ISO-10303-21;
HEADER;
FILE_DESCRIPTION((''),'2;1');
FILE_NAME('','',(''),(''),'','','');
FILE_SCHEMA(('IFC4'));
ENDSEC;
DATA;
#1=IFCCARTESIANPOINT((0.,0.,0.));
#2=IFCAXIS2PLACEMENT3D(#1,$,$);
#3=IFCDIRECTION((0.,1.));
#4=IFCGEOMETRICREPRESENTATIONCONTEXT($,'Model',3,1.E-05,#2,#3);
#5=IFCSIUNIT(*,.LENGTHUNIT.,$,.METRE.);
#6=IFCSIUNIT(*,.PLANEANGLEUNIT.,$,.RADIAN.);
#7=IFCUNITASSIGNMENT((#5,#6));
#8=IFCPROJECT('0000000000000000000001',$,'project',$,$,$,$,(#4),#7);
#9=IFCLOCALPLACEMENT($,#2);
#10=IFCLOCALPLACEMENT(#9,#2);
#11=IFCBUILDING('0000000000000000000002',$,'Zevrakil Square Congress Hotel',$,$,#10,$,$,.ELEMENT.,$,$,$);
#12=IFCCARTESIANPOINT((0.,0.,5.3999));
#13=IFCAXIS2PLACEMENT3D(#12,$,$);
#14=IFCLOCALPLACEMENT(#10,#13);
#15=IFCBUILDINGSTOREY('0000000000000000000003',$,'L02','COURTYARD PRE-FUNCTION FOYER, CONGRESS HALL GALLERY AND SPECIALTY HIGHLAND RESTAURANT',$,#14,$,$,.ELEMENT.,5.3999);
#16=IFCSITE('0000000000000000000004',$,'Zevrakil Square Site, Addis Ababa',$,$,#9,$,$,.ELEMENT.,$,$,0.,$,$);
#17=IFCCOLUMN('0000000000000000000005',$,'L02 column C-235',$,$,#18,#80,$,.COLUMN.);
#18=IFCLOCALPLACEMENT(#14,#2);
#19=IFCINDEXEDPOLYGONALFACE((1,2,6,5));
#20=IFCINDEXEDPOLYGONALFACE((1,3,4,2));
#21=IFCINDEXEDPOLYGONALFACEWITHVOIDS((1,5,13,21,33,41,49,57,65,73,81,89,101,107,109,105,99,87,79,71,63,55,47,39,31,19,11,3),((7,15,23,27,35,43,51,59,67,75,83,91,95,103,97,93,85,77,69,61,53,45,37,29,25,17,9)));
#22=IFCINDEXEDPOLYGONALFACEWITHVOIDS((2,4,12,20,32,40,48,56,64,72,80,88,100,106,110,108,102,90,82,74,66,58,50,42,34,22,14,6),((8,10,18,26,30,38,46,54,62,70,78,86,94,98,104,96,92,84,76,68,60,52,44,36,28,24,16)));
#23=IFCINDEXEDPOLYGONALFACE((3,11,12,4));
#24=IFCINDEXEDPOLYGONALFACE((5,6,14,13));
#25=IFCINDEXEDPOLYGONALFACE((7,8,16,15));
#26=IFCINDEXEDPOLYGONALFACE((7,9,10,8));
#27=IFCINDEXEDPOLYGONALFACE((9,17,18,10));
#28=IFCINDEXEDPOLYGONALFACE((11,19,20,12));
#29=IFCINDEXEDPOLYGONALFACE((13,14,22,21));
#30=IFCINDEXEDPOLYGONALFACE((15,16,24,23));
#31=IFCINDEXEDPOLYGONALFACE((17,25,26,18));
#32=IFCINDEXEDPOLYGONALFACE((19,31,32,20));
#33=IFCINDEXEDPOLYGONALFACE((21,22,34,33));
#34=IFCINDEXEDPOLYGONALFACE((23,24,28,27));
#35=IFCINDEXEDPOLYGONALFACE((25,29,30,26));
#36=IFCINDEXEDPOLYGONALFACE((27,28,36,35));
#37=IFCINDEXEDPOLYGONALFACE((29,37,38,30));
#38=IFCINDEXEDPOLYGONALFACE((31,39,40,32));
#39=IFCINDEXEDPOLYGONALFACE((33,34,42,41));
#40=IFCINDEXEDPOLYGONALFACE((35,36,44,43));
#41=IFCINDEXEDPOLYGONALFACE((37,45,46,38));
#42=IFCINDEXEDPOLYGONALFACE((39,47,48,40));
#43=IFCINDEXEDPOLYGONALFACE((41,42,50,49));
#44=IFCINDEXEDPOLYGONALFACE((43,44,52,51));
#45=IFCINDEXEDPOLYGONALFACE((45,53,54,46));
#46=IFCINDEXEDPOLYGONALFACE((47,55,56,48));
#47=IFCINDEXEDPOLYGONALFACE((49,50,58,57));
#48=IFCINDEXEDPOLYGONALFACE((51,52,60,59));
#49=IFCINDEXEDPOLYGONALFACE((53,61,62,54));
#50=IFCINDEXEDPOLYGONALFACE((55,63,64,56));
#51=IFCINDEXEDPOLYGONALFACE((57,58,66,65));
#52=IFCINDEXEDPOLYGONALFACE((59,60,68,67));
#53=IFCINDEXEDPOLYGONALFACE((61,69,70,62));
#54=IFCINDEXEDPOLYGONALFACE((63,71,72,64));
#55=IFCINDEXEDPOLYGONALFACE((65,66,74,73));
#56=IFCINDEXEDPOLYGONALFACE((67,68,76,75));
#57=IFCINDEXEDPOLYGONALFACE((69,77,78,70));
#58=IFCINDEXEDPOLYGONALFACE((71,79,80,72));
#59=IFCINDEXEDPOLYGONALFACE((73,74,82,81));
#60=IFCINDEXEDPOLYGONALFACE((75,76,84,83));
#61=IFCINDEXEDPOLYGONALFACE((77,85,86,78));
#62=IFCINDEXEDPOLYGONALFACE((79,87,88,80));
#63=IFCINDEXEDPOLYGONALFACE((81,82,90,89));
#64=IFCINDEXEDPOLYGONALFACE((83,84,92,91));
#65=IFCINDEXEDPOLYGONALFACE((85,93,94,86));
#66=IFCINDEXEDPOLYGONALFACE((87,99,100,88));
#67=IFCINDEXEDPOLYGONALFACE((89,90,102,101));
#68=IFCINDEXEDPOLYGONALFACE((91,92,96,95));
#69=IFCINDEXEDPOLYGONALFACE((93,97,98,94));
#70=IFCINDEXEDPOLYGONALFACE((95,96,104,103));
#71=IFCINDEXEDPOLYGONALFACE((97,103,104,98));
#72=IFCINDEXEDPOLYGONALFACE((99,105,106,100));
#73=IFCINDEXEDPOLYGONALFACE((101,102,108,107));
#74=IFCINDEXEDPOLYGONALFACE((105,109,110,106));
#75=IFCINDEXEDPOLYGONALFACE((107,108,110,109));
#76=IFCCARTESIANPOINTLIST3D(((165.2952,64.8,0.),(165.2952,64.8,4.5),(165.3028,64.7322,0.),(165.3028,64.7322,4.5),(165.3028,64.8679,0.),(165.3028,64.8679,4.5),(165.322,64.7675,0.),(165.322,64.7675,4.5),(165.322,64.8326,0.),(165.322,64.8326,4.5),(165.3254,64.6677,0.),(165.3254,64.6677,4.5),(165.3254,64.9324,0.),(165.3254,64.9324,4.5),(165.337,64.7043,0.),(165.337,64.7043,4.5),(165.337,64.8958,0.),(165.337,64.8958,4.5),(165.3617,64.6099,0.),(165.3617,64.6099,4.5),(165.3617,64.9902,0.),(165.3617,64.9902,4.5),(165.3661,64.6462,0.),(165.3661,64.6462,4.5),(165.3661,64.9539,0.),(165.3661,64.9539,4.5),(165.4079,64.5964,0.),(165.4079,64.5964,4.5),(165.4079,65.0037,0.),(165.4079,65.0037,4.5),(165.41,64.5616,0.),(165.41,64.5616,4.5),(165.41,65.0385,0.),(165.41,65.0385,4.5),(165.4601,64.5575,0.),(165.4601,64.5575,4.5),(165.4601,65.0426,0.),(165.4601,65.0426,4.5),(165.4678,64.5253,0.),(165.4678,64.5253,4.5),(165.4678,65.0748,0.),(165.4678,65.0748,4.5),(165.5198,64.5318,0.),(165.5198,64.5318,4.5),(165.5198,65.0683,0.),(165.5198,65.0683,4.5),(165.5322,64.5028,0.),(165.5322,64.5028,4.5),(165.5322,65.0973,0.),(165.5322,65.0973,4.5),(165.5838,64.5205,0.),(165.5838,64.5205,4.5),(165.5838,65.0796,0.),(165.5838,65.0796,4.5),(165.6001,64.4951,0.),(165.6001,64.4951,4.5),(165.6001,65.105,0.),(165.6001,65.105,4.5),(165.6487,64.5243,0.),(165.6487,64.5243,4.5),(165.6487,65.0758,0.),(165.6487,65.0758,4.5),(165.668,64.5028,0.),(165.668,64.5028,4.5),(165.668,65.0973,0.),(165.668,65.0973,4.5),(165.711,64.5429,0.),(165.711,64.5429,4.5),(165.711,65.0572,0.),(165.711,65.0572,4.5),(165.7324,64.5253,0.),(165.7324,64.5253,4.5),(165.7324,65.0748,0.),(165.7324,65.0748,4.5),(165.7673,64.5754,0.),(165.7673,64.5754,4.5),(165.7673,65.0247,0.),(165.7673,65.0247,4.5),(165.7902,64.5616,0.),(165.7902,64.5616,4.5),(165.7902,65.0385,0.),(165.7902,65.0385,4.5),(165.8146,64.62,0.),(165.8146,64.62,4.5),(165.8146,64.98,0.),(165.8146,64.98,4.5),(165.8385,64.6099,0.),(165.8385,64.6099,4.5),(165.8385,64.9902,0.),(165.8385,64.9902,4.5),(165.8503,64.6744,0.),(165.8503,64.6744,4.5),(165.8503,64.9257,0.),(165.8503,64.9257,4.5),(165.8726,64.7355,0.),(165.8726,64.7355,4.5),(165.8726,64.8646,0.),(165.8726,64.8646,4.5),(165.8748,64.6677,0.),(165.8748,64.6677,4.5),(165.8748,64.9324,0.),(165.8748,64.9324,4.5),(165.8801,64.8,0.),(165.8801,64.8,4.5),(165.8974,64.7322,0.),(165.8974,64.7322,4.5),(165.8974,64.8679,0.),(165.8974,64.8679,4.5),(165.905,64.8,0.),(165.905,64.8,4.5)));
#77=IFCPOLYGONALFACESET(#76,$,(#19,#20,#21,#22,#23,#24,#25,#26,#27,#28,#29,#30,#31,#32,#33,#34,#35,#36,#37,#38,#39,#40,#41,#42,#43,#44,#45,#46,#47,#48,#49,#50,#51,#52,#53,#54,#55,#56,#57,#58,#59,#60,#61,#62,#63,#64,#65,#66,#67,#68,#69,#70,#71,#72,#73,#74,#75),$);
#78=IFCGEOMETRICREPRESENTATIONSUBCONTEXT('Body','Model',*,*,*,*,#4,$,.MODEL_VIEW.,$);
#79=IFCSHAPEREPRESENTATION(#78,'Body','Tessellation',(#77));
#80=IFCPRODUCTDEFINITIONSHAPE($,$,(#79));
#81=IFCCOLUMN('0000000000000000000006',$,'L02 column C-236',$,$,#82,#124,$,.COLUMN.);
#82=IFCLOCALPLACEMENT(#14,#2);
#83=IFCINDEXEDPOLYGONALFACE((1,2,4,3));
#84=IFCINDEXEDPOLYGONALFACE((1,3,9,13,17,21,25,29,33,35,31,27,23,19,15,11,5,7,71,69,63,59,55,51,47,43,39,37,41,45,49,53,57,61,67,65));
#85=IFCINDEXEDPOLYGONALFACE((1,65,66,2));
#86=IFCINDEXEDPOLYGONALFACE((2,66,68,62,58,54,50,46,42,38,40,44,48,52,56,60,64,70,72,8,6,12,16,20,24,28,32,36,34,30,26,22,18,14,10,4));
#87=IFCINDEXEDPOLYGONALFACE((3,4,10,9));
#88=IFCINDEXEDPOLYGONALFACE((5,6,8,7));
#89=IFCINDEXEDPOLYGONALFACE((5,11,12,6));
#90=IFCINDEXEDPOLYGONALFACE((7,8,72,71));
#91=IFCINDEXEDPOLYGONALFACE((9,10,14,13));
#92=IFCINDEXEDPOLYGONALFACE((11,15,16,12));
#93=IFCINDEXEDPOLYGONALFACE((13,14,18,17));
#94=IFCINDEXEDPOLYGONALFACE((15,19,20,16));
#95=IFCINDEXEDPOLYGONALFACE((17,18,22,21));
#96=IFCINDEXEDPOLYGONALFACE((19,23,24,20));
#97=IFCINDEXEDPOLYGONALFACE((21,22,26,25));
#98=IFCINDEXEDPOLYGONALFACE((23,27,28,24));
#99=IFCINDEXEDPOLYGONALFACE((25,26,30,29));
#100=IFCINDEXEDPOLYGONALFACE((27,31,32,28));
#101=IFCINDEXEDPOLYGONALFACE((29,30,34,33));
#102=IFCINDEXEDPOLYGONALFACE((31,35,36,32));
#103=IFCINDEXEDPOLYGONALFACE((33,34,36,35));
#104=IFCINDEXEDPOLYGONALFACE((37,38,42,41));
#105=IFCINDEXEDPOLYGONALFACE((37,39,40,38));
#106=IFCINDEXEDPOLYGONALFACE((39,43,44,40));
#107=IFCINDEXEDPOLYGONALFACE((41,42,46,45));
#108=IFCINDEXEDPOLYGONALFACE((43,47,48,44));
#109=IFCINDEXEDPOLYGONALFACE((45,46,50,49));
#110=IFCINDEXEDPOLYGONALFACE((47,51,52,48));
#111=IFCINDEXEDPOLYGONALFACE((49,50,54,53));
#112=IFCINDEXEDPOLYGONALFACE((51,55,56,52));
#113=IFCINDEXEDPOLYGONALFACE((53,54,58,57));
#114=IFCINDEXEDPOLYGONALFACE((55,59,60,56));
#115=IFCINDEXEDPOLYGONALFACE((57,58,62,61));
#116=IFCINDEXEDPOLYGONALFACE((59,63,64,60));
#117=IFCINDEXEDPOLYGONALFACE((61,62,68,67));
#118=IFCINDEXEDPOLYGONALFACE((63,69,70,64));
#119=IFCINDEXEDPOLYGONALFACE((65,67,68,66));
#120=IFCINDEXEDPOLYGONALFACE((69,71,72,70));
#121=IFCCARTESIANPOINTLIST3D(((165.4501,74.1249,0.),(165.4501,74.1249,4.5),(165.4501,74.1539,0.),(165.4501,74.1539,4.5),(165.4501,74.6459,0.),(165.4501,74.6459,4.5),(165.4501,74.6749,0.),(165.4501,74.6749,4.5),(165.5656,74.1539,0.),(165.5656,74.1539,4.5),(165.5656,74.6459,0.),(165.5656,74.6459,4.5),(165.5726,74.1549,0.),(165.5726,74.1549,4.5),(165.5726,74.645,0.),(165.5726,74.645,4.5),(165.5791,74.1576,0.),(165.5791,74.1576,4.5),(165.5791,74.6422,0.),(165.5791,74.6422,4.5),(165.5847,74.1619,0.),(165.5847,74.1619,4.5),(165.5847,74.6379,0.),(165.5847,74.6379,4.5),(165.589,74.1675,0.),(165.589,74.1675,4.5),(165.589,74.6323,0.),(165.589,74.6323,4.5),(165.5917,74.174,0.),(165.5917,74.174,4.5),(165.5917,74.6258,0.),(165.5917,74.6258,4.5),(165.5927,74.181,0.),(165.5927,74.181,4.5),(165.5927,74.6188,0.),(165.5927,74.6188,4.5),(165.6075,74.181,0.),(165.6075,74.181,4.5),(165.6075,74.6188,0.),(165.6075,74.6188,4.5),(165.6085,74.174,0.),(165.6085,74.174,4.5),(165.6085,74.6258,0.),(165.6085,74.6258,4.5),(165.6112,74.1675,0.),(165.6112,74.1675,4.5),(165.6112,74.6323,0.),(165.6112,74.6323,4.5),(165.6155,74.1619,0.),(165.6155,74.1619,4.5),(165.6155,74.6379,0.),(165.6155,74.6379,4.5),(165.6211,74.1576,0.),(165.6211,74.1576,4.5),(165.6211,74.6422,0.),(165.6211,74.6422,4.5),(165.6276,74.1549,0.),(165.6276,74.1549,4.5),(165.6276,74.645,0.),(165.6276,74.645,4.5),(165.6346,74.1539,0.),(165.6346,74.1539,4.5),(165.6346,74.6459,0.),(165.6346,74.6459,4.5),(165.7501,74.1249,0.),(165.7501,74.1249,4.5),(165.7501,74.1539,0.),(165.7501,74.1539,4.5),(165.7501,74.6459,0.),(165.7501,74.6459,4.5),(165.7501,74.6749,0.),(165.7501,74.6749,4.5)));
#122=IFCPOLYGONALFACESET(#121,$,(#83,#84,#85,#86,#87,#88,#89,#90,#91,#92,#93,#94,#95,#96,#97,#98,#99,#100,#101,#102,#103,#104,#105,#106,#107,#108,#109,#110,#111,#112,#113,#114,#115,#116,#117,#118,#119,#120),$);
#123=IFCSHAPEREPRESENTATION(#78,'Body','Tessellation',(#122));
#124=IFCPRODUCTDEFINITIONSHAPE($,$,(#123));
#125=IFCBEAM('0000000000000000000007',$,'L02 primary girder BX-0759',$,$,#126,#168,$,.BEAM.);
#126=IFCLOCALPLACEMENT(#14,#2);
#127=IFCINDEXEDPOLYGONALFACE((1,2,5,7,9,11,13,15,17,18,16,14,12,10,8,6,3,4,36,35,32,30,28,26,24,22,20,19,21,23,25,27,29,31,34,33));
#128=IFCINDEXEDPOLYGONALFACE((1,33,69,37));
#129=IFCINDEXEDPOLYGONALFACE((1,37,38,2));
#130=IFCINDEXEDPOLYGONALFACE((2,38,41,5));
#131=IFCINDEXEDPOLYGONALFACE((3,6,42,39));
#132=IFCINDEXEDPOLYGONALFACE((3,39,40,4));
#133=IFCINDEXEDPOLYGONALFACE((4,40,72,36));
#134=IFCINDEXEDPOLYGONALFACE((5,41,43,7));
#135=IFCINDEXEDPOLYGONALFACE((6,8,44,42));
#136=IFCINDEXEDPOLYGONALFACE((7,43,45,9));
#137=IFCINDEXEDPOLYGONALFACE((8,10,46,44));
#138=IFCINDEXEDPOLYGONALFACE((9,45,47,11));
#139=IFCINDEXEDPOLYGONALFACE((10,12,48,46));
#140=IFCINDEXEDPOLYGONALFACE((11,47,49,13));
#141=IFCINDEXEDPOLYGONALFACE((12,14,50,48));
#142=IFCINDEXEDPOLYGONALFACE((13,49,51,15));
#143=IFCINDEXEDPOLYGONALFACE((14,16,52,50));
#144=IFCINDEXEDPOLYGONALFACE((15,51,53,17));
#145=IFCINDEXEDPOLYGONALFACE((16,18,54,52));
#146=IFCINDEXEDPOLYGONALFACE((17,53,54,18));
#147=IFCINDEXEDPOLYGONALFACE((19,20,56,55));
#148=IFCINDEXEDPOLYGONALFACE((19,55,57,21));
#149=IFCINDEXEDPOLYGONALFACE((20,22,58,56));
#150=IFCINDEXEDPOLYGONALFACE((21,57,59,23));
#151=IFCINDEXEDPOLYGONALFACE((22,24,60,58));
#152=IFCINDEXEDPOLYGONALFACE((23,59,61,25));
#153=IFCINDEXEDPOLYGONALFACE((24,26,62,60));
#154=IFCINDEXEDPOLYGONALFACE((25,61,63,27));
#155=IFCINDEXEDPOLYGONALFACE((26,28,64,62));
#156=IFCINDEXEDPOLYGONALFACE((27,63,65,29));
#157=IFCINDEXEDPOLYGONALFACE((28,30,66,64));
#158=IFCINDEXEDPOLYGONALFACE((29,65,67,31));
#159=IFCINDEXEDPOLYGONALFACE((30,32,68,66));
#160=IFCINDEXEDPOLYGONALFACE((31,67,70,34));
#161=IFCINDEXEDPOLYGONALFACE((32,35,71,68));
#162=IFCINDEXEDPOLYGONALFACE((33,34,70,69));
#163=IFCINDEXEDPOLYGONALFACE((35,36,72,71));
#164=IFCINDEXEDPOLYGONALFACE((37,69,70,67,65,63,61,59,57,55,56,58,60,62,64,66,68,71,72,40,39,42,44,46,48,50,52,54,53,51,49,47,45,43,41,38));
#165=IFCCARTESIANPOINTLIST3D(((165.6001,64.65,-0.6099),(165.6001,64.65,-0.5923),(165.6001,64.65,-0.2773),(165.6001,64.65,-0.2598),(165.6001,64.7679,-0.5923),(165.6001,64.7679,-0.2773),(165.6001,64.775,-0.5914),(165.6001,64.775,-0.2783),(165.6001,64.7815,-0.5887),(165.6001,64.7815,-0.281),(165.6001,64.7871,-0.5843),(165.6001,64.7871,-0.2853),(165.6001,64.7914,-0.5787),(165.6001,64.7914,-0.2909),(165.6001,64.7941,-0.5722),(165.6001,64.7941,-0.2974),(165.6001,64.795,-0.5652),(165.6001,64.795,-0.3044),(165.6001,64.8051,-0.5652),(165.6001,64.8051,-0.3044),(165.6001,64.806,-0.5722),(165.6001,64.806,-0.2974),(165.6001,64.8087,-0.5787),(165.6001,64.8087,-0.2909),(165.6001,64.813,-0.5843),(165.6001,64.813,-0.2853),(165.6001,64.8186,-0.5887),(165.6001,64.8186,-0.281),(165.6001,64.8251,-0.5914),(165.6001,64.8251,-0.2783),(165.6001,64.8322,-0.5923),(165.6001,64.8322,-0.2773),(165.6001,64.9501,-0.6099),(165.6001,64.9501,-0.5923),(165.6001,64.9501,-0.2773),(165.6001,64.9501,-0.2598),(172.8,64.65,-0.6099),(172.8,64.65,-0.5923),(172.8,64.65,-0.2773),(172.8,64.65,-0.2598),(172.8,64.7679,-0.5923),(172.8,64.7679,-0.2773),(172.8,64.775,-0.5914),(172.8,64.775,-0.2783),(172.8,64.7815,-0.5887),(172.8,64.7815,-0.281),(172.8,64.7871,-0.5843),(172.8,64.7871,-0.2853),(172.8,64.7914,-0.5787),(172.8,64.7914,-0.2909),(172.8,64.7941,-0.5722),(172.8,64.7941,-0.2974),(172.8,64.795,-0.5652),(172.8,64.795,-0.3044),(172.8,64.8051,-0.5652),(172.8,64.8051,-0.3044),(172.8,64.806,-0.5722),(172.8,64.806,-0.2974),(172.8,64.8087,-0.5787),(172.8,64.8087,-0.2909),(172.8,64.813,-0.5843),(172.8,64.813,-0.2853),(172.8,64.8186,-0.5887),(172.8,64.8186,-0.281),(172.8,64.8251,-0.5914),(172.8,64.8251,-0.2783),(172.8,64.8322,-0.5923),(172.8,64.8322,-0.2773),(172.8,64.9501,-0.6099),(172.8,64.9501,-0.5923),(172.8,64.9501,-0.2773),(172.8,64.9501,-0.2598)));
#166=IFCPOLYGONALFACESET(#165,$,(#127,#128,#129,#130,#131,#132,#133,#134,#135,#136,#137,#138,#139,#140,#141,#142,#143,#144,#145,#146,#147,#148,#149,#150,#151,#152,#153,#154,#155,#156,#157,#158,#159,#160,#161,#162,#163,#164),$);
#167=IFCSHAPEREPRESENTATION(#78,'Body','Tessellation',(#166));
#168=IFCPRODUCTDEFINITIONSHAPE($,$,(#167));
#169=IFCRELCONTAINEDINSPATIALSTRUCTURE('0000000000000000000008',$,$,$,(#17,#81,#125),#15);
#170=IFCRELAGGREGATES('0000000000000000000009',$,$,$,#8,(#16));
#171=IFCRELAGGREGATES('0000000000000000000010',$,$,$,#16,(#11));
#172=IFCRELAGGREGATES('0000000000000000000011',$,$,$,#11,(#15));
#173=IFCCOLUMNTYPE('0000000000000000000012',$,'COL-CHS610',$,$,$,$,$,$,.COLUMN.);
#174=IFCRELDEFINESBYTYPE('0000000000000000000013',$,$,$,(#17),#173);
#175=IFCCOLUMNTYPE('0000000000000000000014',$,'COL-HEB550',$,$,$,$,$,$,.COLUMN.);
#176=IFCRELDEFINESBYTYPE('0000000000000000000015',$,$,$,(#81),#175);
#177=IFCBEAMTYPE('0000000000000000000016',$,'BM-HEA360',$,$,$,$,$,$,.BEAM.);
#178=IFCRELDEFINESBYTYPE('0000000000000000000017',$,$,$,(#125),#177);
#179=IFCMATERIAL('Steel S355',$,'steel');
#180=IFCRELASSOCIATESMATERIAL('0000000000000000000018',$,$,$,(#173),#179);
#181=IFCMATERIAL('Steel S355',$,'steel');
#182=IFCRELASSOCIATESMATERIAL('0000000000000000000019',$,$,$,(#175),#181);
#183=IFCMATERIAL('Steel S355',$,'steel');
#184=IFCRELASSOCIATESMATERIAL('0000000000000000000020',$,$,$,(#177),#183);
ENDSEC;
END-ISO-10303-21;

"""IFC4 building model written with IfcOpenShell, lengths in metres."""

from ifc_helpers import new_model, si_unit, direction, frame, origin, origin_2d, place, context, subcontext, project, spatial, hollow_circle, i_section, extrude, material, material_profile, profile_set, type_object, element, save


model = new_model("IFC4")

# Units and contexts
model_context = context("Model", 3, precision=1e-05, world=origin(), true_north=direction((0.0, 1.0)))
body_context = subcontext(model_context, "Body", "Model", "MODEL_VIEW")
ifc_project = project(units=[si_unit("LENGTHUNIT", "METRE"), si_unit("PLANEANGLEUNIT", "RADIAN")], contexts=[model_context])

# Site, building, storey
site_placement = place(None, origin())
site = spatial("IfcSite", under=ifc_project, at=site_placement, Name="Zevrakil Square Site, Addis Ababa", CompositionType="ELEMENT", RefElevation=0.0)
building_placement = place(site_placement, origin())
building = spatial("IfcBuilding", under=site, at=building_placement, Name="Zevrakil Square Congress Hotel", CompositionType="ELEMENT")
storey_placement = place(building_placement, frame((0.0, 0.0, 5.3999)))
storey = spatial("IfcBuildingStorey", under=building, at=storey_placement, Name="L02", Description="COURTYARD PRE-FUNCTION FOYER, CONGRESS HALL GALLERY AND SPECIALTY HIGHLAND RESTAURANT", CompositionType="ELEMENT", Elevation=5.3999)

# Columns
ifc_material_1 = material(Name="Steel S355", Category="steel")
ifc_material_profile_1 = material_profile(ifc_material_1, hollow_circle(Radius=0.3049, WallThickness=0.0249, at=origin_2d()), Name="CHS 610x25")
ifc_profile_set_1 = profile_set([ifc_material_profile_1], Name="Steel S355")
column_type_1 = type_object("IfcColumnType", Name="COL-CHS610", PredefinedType="COLUMN", material=ifc_profile_set_1)
column_1_placement = place(storey_placement, frame((165.6001, 64.8, 0.0), z_axis=(0.0, 0.0, 1.0), x_axis=(1.0, 0.0, 0.0)))
element("IfcColumn", 1, at=column_1_placement, inside=storey, type_object=column_type_1, Name="L02 column C-235", PredefinedType="COLUMN", context=body_context, shape_type="SweptSolid", body=[
    extrude(hollow_circle(Radius=0.3049, WallThickness=0.0249, at=origin_2d()), origin(), (0.0, 0.0, 1.0), 4.5),
])
ifc_material_2 = material(Name="Steel S355", Category="steel")
ifc_material_profile_2 = material_profile(ifc_material_2, i_section(OverallWidth=0.3, OverallDepth=0.55, WebThickness=0.0149, FlangeThickness=0.0291, FilletRadius=0.0271, at=origin_2d()), Name="HEB 550")
ifc_profile_set_2 = profile_set([ifc_material_profile_2], Name="Steel S355")
column_type_2 = type_object("IfcColumnType", Name="COL-HEB550", PredefinedType="COLUMN", material=ifc_profile_set_2)
column_2_placement = place(storey_placement, frame((165.6001, 74.3999, 0.0), z_axis=(0.0, 0.0, 1.0), x_axis=(1.0, 0.0, 0.0)))
element("IfcColumn", 2, at=column_2_placement, inside=storey, type_object=column_type_2, Name="L02 column C-236", PredefinedType="COLUMN", context=body_context, shape_type="SweptSolid", body=[
    extrude(i_section(OverallWidth=0.3, OverallDepth=0.55, WebThickness=0.0149, FlangeThickness=0.0291, FilletRadius=0.0271, at=origin_2d()), origin(), (0.0, 0.0, 1.0), 4.5),
])

# Beam
ifc_material_3 = material(Name="Steel S355", Category="steel")
ifc_material_profile_3 = material_profile(ifc_material_3, i_section(OverallWidth=0.3, OverallDepth=0.3501, WebThickness=0.01, FlangeThickness=0.0176, FilletRadius=0.0271, at=origin_2d()), Name="HEA 360")
ifc_profile_set_3 = profile_set([ifc_material_profile_3], Name="Steel S355")
beam_type_1 = type_object("IfcBeamType", Name="BM-HEA360", PredefinedType="BEAM", material=ifc_profile_set_3)
for number, where, z_axis, x_axis, name in (
    (3, (165.6001, 64.8, -0.4348), (1.0, 0.0, 0.0), (0.0, 1.0, 0.0), "L02 primary girder BX-0759"),
):
    element("IfcBeam", number, at=place(storey_placement, frame(where, z_axis=z_axis, x_axis=x_axis)), inside=storey, type_object=beam_type_1, Name=name, PredefinedType="BEAM", context=body_context, shape_type="SweptSolid", body=[
        extrude(i_section(OverallWidth=0.3, OverallDepth=0.3501, WebThickness=0.01, FlangeThickness=0.0176, FilletRadius=0.0271, at=origin_2d()), origin(), (0.0, 0.0, 1.0), 7.2),
    ])

save(model, "model.ifc")
